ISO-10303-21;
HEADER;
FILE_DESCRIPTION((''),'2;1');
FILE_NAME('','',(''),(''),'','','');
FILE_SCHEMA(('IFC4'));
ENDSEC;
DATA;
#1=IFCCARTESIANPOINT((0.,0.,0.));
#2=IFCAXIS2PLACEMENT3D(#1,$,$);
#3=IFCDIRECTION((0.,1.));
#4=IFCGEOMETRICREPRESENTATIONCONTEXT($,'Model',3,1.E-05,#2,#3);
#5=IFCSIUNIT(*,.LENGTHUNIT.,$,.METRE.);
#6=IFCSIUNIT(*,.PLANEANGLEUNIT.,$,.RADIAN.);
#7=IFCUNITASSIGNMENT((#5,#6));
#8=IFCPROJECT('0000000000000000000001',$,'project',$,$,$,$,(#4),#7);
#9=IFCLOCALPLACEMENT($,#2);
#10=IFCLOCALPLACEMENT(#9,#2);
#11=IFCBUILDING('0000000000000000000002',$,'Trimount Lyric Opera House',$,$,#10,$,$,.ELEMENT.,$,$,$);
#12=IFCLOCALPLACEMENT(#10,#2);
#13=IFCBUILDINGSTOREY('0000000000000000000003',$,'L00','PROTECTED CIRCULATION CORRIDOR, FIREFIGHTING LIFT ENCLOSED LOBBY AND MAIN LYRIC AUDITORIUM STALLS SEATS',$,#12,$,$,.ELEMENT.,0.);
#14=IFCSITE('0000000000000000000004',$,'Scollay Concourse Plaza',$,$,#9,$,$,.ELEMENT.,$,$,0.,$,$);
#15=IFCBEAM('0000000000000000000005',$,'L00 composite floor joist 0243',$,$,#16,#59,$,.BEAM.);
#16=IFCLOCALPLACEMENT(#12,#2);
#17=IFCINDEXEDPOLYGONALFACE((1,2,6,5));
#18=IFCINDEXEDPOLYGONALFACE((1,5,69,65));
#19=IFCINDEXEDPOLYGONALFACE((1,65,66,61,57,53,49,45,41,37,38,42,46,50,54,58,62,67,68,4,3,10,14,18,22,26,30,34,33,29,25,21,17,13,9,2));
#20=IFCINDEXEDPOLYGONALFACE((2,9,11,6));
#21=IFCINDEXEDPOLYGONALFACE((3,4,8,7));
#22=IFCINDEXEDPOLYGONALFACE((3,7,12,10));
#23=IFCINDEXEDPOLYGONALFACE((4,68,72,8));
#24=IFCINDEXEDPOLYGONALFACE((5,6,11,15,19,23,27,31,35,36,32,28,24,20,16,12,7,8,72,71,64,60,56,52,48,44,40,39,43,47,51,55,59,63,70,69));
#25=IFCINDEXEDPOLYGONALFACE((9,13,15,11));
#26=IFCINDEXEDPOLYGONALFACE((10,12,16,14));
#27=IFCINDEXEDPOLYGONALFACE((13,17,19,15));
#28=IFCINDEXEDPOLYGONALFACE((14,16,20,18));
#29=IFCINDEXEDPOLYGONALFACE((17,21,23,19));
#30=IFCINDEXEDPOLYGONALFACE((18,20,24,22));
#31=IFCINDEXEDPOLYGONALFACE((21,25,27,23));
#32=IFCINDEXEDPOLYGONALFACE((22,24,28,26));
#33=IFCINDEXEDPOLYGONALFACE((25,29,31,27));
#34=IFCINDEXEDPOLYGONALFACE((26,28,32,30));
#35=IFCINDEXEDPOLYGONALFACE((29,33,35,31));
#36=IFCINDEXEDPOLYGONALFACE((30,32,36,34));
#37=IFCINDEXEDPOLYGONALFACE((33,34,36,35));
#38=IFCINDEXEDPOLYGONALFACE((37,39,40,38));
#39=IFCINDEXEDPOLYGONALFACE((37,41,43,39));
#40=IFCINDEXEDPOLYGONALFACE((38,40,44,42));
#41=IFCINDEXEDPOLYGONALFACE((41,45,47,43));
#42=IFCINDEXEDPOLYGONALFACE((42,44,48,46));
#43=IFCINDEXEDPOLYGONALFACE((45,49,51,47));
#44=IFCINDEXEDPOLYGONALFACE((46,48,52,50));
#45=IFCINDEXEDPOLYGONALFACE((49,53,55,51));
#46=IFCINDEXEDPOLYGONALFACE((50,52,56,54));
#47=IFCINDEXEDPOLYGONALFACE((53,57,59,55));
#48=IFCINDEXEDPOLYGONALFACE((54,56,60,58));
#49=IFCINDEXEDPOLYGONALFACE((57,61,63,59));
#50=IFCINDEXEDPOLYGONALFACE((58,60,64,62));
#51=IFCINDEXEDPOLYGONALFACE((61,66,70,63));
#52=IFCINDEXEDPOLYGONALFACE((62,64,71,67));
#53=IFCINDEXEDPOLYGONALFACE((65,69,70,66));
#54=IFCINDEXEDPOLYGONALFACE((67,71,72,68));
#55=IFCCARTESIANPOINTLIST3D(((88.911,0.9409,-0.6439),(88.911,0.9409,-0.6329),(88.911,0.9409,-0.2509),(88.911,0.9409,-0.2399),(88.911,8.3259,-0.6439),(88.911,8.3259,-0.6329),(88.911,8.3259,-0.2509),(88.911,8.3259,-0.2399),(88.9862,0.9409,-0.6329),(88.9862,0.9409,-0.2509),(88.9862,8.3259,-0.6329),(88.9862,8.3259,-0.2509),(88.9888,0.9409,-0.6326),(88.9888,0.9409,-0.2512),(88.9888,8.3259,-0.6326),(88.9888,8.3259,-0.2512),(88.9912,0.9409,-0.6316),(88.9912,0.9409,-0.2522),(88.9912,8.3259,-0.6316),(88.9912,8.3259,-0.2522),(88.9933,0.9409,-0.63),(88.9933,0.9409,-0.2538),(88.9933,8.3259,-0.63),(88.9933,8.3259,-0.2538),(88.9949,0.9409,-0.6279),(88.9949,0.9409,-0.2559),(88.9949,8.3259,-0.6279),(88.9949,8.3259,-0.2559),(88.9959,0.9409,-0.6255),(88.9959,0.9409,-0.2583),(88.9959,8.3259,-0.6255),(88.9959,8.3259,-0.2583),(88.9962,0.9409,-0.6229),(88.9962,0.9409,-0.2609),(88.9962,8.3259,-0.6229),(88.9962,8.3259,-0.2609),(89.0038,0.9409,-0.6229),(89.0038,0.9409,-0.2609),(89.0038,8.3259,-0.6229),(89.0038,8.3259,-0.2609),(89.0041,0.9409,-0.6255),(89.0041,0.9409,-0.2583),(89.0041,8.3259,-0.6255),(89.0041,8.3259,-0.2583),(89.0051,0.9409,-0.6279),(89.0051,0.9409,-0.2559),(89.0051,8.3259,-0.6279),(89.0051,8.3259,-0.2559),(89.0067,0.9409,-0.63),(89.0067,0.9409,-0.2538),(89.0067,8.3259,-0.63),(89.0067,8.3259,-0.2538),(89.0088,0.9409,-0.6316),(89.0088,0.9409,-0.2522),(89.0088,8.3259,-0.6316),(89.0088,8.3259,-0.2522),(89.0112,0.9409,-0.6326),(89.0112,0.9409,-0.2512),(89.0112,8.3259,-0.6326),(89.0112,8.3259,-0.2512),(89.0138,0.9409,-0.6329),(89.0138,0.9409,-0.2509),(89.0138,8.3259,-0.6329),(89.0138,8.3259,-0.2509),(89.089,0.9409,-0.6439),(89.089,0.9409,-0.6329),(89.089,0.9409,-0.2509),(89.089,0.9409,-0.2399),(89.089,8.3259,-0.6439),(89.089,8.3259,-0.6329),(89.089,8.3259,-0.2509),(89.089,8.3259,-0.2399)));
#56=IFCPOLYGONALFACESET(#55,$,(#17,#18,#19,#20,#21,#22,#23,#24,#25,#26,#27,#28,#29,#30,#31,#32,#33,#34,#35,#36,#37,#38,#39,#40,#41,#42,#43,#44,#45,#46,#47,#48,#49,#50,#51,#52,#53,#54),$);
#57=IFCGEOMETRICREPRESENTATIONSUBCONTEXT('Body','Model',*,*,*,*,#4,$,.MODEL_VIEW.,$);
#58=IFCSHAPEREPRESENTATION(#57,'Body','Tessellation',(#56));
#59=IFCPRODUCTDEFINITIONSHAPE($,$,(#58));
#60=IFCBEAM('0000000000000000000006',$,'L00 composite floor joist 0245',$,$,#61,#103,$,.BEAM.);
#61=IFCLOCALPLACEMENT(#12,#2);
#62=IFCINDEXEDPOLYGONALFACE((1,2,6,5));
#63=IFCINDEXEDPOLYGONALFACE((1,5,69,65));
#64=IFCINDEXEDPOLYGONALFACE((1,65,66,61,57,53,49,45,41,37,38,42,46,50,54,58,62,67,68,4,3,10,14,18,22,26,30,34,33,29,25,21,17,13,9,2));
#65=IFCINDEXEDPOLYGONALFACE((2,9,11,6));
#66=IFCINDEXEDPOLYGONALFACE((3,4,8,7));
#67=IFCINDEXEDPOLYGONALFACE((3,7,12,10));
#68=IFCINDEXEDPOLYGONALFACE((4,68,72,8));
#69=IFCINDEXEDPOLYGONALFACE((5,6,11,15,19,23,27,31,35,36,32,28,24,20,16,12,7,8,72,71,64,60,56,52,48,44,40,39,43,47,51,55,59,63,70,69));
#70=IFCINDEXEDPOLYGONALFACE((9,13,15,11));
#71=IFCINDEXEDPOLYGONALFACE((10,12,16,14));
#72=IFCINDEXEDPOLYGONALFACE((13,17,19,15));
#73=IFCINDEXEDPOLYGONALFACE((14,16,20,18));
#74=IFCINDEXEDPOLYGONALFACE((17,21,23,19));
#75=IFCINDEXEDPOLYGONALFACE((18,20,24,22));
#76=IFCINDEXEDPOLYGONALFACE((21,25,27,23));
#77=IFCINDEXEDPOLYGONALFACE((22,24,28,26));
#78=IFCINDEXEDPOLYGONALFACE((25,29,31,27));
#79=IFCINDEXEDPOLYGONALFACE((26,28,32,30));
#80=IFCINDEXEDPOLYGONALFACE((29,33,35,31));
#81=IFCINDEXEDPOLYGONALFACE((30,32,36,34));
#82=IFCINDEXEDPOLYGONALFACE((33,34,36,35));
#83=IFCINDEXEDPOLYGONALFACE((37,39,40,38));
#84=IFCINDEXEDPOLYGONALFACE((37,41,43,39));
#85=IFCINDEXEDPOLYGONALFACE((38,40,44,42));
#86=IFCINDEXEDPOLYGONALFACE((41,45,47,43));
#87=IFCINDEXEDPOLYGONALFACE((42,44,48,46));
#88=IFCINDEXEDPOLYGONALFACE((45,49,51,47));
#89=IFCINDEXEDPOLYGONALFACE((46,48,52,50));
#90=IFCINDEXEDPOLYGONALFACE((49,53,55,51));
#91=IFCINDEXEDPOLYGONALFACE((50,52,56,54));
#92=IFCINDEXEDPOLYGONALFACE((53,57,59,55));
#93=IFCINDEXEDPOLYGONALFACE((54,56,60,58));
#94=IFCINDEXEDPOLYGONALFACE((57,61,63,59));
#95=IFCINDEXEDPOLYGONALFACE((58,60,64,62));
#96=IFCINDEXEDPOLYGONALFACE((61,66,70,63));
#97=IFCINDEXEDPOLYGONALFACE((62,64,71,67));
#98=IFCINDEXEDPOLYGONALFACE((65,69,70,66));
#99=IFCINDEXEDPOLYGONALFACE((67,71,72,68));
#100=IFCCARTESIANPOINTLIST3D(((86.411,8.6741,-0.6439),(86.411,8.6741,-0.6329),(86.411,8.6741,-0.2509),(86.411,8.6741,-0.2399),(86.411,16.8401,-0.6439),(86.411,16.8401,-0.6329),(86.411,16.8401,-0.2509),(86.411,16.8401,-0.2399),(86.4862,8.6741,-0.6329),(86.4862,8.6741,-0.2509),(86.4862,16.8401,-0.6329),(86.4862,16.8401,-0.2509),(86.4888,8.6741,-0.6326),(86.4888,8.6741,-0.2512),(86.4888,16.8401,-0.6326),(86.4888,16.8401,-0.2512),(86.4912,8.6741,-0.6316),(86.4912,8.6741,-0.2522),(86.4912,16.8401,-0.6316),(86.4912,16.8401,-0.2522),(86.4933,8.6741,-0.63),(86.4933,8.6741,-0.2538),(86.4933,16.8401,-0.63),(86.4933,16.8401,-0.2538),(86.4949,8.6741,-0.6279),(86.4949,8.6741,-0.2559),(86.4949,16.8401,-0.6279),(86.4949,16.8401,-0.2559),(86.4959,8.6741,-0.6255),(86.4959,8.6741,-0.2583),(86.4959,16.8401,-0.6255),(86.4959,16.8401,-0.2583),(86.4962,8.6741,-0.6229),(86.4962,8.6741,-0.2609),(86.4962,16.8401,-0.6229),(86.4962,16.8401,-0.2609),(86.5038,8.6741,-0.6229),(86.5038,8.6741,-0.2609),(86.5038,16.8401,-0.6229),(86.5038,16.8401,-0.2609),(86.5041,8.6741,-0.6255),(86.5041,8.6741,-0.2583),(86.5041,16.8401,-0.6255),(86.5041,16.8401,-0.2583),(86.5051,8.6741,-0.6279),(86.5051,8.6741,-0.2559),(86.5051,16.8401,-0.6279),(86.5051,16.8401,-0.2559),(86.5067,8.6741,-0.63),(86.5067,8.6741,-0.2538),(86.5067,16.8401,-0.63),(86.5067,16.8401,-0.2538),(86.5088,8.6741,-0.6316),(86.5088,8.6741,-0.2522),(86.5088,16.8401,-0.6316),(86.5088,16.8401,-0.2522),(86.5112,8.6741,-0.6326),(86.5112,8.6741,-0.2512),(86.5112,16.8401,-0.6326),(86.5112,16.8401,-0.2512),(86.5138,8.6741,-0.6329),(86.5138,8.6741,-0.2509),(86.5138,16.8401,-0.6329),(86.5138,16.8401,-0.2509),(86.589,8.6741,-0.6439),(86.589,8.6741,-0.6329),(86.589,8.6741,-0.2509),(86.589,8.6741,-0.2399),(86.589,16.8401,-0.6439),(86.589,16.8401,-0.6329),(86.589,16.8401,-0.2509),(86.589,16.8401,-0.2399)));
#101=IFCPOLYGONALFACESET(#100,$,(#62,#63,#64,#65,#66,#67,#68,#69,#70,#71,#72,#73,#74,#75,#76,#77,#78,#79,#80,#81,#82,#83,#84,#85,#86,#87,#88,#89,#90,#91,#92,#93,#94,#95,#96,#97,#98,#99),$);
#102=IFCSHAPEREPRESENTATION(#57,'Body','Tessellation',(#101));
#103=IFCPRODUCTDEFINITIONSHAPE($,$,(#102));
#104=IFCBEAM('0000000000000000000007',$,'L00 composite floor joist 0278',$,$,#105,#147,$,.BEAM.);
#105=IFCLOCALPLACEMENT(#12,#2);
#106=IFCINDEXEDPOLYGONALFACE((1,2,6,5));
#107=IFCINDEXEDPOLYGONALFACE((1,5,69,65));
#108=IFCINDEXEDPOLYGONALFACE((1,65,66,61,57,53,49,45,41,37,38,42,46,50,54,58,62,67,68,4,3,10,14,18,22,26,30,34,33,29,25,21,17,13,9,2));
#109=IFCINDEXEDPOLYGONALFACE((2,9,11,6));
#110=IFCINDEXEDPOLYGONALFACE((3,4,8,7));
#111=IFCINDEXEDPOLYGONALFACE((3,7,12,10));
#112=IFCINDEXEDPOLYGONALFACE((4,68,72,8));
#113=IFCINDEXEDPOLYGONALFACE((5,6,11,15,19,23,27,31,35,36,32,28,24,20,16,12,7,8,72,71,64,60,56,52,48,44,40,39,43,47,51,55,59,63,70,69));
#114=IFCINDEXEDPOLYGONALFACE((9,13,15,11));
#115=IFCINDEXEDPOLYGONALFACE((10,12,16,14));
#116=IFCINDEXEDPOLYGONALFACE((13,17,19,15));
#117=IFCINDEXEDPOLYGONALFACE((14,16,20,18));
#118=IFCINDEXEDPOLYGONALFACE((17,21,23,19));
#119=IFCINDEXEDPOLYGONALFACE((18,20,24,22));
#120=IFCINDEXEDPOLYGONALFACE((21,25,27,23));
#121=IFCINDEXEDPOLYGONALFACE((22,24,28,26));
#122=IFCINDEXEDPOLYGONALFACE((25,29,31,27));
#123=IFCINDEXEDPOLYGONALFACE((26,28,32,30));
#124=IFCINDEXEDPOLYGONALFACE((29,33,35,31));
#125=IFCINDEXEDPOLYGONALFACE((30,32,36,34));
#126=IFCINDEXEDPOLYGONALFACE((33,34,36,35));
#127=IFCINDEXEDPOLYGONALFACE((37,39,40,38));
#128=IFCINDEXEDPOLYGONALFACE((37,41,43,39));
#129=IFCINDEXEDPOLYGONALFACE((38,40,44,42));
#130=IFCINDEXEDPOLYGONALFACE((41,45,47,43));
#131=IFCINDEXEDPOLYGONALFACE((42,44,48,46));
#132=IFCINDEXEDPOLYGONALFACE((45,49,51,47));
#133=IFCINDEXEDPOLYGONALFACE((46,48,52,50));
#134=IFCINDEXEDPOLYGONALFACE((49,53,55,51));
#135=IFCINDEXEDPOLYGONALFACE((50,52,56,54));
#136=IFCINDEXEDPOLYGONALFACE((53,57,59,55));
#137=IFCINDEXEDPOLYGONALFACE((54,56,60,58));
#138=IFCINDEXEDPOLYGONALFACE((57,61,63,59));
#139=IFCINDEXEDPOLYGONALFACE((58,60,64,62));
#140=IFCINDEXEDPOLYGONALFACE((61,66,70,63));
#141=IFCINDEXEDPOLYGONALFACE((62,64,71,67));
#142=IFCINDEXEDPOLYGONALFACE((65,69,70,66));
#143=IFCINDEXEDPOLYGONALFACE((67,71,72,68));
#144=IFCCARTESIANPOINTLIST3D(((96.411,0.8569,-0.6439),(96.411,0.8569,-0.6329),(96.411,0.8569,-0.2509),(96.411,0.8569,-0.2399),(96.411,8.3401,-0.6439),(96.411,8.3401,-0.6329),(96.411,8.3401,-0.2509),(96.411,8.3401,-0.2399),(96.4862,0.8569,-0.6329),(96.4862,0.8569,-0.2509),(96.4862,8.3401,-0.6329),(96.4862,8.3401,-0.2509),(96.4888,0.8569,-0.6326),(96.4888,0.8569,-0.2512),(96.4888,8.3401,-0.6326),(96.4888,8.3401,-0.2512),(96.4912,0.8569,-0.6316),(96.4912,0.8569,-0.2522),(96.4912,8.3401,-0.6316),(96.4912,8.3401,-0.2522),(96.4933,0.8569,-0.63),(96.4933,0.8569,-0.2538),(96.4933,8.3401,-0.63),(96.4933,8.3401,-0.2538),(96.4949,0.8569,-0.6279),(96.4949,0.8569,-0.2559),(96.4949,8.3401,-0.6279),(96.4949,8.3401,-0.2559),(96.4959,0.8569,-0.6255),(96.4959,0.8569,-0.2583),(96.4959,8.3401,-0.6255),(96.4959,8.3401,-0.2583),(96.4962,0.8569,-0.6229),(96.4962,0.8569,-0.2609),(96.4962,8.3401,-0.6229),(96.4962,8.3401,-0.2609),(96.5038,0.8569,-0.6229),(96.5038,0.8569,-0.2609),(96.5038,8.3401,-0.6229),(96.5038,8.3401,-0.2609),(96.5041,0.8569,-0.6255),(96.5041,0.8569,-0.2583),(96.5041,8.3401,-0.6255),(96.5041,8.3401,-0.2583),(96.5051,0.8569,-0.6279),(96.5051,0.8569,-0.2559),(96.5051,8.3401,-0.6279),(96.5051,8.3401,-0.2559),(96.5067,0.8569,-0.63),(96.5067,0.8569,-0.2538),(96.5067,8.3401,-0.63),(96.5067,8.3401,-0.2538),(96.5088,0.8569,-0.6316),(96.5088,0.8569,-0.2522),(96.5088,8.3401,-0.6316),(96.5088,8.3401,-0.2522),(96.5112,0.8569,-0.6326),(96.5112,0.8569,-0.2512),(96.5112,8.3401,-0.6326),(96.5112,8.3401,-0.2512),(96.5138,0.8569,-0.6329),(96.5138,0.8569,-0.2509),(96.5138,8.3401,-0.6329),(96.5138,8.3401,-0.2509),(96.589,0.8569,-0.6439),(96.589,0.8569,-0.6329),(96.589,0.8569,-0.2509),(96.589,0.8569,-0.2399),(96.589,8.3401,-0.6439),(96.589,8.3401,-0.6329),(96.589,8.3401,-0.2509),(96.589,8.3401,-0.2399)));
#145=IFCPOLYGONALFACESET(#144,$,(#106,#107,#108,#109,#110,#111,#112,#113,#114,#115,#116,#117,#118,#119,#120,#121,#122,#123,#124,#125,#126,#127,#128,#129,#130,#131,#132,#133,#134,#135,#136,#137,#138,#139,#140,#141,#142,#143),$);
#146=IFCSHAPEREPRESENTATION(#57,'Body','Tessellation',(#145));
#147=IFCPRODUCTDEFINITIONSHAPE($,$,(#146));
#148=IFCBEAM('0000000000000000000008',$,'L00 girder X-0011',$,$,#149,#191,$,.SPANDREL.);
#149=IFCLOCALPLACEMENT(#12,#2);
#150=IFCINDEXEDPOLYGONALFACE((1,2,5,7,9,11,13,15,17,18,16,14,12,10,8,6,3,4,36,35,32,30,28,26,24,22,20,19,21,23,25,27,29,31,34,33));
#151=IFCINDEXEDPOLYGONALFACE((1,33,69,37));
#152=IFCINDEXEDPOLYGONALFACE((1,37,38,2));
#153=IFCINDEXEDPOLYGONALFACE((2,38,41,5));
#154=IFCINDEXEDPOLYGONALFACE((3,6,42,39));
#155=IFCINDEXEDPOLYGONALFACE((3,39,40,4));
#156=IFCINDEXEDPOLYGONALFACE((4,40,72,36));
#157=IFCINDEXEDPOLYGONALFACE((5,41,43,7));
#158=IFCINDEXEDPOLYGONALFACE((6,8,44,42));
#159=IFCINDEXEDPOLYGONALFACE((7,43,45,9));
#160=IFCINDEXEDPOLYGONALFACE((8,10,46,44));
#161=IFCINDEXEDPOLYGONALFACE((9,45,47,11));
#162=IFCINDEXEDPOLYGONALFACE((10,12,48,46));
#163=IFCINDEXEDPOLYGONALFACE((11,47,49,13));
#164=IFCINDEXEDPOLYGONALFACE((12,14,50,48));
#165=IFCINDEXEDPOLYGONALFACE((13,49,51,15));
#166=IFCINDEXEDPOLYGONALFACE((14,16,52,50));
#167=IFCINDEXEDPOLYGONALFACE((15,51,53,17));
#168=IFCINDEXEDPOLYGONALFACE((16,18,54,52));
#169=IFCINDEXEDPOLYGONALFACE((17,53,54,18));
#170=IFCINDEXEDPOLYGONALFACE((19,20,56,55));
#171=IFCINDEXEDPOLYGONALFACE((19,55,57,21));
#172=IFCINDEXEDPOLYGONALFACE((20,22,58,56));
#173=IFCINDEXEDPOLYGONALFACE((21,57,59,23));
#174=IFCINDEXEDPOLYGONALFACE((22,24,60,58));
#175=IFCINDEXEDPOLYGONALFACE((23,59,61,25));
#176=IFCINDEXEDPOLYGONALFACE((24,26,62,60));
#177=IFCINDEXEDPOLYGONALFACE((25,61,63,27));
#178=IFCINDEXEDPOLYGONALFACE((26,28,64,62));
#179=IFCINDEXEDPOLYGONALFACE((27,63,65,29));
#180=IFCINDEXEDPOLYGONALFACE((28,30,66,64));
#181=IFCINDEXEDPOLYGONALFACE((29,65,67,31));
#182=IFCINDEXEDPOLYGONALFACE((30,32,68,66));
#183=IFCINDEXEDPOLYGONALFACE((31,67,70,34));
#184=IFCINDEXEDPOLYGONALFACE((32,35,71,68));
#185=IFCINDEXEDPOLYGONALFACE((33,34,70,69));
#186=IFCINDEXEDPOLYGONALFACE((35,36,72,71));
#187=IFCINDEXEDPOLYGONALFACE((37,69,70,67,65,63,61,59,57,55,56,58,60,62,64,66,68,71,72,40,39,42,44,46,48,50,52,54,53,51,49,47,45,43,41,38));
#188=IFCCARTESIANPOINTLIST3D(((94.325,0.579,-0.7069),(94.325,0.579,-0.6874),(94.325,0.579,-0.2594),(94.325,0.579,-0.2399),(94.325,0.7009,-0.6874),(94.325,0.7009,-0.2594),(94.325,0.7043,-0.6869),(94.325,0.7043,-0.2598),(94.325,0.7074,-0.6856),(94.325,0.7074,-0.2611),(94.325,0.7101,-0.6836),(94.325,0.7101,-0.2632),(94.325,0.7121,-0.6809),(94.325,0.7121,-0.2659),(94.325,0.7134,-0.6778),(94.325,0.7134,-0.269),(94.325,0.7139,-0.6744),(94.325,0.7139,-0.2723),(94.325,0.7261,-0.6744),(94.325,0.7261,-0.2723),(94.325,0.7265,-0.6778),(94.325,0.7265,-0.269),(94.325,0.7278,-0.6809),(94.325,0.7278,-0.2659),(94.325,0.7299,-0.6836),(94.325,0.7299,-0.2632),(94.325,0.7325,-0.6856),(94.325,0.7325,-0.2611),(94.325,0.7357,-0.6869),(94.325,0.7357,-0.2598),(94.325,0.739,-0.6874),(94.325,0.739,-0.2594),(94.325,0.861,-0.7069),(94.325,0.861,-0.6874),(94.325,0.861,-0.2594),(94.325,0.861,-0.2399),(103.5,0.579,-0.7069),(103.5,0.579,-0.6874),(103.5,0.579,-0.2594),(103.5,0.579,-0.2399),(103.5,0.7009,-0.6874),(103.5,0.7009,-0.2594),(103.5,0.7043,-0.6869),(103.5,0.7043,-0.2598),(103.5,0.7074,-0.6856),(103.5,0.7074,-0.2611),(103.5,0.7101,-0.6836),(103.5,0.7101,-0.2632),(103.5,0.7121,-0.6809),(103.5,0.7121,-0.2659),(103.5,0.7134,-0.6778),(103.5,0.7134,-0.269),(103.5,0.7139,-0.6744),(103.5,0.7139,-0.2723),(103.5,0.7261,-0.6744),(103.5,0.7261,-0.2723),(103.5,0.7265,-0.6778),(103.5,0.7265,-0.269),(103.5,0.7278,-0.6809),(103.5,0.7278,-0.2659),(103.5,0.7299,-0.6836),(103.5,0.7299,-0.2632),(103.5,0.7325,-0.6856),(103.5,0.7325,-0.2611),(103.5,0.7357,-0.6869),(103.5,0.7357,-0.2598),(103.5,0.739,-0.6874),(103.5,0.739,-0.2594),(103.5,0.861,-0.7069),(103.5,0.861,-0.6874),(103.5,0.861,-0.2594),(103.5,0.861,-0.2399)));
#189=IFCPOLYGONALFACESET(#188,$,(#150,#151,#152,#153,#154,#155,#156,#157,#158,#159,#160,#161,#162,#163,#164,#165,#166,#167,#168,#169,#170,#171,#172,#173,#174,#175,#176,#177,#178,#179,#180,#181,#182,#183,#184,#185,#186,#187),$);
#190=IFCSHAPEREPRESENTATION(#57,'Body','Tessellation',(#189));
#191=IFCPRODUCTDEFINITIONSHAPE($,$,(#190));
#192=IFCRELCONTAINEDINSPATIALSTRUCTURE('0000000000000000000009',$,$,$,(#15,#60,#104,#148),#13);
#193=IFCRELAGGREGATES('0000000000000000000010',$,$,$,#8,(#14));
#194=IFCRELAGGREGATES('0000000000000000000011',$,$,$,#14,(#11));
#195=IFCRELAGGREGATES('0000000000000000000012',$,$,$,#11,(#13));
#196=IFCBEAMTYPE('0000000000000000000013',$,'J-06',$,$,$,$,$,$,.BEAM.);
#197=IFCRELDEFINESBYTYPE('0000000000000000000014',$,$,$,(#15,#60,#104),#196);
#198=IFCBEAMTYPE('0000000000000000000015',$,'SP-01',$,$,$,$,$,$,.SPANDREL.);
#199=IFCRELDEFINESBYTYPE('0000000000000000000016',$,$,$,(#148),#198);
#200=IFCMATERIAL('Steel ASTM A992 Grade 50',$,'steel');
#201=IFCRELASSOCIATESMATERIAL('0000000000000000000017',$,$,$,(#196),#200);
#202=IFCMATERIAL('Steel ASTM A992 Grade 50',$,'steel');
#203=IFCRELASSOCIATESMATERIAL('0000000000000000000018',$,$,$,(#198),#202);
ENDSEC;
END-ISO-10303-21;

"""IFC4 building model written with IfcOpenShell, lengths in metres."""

from ifc_helpers import new_model, si_unit, direction, frame, origin, origin_2d, place, context, subcontext, project, spatial, i_section, extrude, material, material_profile, profile_set, type_object, element, save


model = new_model("IFC4")

# Units and contexts
model_context = context("Model", 3, precision=1e-05, world=origin(), true_north=direction((0.0, 1.0)))
body_context = subcontext(model_context, "Body", "Model", "MODEL_VIEW")
ifc_project = project(units=[si_unit("LENGTHUNIT", "METRE"), si_unit("PLANEANGLEUNIT", "RADIAN")], contexts=[model_context])

# Site, building, storey
site_placement = place(None, origin())
site = spatial("IfcSite", under=ifc_project, at=site_placement, Name="Scollay Concourse Plaza", CompositionType="ELEMENT", RefElevation=0.0)
building_placement = place(site_placement, origin())
building = spatial("IfcBuilding", under=site, at=building_placement, Name="Trimount Lyric Opera House", CompositionType="ELEMENT")
storey_placement = place(building_placement, origin())
storey = spatial("IfcBuildingStorey", under=building, at=storey_placement, Name="L00", Description="PROTECTED CIRCULATION CORRIDOR, FIREFIGHTING LIFT ENCLOSED LOBBY AND MAIN LYRIC AUDITORIUM STALLS SEATS", CompositionType="ELEMENT", Elevation=0.0)

# Beams
ifc_material_1 = material(Name="Steel ASTM A992 Grade 50", Category="steel")
ifc_material_profile_1 = material_profile(ifc_material_1, i_section(OverallWidth=0.178, OverallDepth=0.4041, WebThickness=0.0076, FlangeThickness=0.011, FilletRadius=0.01, at=origin_2d()), Name="W16X36")
ifc_profile_set_1 = profile_set([ifc_material_profile_1], Name="Steel ASTM A992 Grade 50")
beam_type_1 = type_object("IfcBeamType", Name="J-06", PredefinedType="BEAM", material=ifc_profile_set_1)
beam_1_placement = place(storey_placement, frame((89.0, 0.9409, -0.4419), z_axis=(0.0, 1.0, 0.0), x_axis=(-1.0, 0.0, 0.0)))
element("IfcBeam", 1, at=beam_1_placement, inside=storey, type_object=beam_type_1, Name="L00 composite floor joist 0243", PredefinedType="BEAM", context=body_context, shape_type="SweptSolid", body=[
    extrude(i_section(OverallWidth=0.178, OverallDepth=0.4041, WebThickness=0.0076, FlangeThickness=0.011, FilletRadius=0.01, at=origin_2d()), origin(), (0.0, 0.0, 1.0), 7.385),
])
beam_2_placement = place(storey_placement, frame((86.5, 8.6741, -0.4419), z_axis=(0.0, 1.0, 0.0), x_axis=(-1.0, 0.0, 0.0)))
element("IfcBeam", 2, at=beam_2_placement, inside=storey, type_object=beam_type_1, Name="L00 composite floor joist 0245", PredefinedType="BEAM", context=body_context, shape_type="SweptSolid", body=[
    extrude(i_section(OverallWidth=0.178, OverallDepth=0.4041, WebThickness=0.0076, FlangeThickness=0.011, FilletRadius=0.01, at=origin_2d()), origin(), (0.0, 0.0, 1.0), 8.166),
])
beam_3_placement = place(storey_placement, frame((96.5, 0.8569, -0.4419), z_axis=(0.0, 1.0, 0.0), x_axis=(-1.0, 0.0, 0.0)))
element("IfcBeam", 3, at=beam_3_placement, inside=storey, type_object=beam_type_1, Name="L00 composite floor joist 0278", PredefinedType="BEAM", context=body_context, shape_type="SweptSolid", body=[
    extrude(i_section(OverallWidth=0.178, OverallDepth=0.4041, WebThickness=0.0076, FlangeThickness=0.011, FilletRadius=0.01, at=origin_2d()), origin(), (0.0, 0.0, 1.0), 7.4832),
])
ifc_material_2 = material(Name="Steel ASTM A992 Grade 50", Category="steel")
ifc_material_profile_2 = material_profile(ifc_material_2, i_section(OverallWidth=0.282, OverallDepth=0.467, WebThickness=0.0122, FlangeThickness=0.0195, FilletRadius=0.0129, at=origin_2d()), Name="W18X86")
ifc_profile_set_2 = profile_set([ifc_material_profile_2], Name="Steel ASTM A992 Grade 50")
beam_type_2 = type_object("IfcBeamType", Name="SP-01", PredefinedType="SPANDREL", material=ifc_profile_set_2)
beam_4_placement = place(storey_placement, frame((94.325, 0.72, -0.4734), z_axis=(1.0, 0.0, 0.0), x_axis=(0.0, 1.0, 0.0)))
element("IfcBeam", 4, at=beam_4_placement, inside=storey, type_object=beam_type_2, Name="L00 girder X-0011", PredefinedType="SPANDREL", context=body_context, shape_type="SweptSolid", body=[
    extrude(i_section(OverallWidth=0.282, OverallDepth=0.467, WebThickness=0.0122, FlangeThickness=0.0195, FilletRadius=0.0129, at=origin_2d()), origin(), (0.0, 0.0, 1.0), 9.175),
])

save(model, "model.ifc")
